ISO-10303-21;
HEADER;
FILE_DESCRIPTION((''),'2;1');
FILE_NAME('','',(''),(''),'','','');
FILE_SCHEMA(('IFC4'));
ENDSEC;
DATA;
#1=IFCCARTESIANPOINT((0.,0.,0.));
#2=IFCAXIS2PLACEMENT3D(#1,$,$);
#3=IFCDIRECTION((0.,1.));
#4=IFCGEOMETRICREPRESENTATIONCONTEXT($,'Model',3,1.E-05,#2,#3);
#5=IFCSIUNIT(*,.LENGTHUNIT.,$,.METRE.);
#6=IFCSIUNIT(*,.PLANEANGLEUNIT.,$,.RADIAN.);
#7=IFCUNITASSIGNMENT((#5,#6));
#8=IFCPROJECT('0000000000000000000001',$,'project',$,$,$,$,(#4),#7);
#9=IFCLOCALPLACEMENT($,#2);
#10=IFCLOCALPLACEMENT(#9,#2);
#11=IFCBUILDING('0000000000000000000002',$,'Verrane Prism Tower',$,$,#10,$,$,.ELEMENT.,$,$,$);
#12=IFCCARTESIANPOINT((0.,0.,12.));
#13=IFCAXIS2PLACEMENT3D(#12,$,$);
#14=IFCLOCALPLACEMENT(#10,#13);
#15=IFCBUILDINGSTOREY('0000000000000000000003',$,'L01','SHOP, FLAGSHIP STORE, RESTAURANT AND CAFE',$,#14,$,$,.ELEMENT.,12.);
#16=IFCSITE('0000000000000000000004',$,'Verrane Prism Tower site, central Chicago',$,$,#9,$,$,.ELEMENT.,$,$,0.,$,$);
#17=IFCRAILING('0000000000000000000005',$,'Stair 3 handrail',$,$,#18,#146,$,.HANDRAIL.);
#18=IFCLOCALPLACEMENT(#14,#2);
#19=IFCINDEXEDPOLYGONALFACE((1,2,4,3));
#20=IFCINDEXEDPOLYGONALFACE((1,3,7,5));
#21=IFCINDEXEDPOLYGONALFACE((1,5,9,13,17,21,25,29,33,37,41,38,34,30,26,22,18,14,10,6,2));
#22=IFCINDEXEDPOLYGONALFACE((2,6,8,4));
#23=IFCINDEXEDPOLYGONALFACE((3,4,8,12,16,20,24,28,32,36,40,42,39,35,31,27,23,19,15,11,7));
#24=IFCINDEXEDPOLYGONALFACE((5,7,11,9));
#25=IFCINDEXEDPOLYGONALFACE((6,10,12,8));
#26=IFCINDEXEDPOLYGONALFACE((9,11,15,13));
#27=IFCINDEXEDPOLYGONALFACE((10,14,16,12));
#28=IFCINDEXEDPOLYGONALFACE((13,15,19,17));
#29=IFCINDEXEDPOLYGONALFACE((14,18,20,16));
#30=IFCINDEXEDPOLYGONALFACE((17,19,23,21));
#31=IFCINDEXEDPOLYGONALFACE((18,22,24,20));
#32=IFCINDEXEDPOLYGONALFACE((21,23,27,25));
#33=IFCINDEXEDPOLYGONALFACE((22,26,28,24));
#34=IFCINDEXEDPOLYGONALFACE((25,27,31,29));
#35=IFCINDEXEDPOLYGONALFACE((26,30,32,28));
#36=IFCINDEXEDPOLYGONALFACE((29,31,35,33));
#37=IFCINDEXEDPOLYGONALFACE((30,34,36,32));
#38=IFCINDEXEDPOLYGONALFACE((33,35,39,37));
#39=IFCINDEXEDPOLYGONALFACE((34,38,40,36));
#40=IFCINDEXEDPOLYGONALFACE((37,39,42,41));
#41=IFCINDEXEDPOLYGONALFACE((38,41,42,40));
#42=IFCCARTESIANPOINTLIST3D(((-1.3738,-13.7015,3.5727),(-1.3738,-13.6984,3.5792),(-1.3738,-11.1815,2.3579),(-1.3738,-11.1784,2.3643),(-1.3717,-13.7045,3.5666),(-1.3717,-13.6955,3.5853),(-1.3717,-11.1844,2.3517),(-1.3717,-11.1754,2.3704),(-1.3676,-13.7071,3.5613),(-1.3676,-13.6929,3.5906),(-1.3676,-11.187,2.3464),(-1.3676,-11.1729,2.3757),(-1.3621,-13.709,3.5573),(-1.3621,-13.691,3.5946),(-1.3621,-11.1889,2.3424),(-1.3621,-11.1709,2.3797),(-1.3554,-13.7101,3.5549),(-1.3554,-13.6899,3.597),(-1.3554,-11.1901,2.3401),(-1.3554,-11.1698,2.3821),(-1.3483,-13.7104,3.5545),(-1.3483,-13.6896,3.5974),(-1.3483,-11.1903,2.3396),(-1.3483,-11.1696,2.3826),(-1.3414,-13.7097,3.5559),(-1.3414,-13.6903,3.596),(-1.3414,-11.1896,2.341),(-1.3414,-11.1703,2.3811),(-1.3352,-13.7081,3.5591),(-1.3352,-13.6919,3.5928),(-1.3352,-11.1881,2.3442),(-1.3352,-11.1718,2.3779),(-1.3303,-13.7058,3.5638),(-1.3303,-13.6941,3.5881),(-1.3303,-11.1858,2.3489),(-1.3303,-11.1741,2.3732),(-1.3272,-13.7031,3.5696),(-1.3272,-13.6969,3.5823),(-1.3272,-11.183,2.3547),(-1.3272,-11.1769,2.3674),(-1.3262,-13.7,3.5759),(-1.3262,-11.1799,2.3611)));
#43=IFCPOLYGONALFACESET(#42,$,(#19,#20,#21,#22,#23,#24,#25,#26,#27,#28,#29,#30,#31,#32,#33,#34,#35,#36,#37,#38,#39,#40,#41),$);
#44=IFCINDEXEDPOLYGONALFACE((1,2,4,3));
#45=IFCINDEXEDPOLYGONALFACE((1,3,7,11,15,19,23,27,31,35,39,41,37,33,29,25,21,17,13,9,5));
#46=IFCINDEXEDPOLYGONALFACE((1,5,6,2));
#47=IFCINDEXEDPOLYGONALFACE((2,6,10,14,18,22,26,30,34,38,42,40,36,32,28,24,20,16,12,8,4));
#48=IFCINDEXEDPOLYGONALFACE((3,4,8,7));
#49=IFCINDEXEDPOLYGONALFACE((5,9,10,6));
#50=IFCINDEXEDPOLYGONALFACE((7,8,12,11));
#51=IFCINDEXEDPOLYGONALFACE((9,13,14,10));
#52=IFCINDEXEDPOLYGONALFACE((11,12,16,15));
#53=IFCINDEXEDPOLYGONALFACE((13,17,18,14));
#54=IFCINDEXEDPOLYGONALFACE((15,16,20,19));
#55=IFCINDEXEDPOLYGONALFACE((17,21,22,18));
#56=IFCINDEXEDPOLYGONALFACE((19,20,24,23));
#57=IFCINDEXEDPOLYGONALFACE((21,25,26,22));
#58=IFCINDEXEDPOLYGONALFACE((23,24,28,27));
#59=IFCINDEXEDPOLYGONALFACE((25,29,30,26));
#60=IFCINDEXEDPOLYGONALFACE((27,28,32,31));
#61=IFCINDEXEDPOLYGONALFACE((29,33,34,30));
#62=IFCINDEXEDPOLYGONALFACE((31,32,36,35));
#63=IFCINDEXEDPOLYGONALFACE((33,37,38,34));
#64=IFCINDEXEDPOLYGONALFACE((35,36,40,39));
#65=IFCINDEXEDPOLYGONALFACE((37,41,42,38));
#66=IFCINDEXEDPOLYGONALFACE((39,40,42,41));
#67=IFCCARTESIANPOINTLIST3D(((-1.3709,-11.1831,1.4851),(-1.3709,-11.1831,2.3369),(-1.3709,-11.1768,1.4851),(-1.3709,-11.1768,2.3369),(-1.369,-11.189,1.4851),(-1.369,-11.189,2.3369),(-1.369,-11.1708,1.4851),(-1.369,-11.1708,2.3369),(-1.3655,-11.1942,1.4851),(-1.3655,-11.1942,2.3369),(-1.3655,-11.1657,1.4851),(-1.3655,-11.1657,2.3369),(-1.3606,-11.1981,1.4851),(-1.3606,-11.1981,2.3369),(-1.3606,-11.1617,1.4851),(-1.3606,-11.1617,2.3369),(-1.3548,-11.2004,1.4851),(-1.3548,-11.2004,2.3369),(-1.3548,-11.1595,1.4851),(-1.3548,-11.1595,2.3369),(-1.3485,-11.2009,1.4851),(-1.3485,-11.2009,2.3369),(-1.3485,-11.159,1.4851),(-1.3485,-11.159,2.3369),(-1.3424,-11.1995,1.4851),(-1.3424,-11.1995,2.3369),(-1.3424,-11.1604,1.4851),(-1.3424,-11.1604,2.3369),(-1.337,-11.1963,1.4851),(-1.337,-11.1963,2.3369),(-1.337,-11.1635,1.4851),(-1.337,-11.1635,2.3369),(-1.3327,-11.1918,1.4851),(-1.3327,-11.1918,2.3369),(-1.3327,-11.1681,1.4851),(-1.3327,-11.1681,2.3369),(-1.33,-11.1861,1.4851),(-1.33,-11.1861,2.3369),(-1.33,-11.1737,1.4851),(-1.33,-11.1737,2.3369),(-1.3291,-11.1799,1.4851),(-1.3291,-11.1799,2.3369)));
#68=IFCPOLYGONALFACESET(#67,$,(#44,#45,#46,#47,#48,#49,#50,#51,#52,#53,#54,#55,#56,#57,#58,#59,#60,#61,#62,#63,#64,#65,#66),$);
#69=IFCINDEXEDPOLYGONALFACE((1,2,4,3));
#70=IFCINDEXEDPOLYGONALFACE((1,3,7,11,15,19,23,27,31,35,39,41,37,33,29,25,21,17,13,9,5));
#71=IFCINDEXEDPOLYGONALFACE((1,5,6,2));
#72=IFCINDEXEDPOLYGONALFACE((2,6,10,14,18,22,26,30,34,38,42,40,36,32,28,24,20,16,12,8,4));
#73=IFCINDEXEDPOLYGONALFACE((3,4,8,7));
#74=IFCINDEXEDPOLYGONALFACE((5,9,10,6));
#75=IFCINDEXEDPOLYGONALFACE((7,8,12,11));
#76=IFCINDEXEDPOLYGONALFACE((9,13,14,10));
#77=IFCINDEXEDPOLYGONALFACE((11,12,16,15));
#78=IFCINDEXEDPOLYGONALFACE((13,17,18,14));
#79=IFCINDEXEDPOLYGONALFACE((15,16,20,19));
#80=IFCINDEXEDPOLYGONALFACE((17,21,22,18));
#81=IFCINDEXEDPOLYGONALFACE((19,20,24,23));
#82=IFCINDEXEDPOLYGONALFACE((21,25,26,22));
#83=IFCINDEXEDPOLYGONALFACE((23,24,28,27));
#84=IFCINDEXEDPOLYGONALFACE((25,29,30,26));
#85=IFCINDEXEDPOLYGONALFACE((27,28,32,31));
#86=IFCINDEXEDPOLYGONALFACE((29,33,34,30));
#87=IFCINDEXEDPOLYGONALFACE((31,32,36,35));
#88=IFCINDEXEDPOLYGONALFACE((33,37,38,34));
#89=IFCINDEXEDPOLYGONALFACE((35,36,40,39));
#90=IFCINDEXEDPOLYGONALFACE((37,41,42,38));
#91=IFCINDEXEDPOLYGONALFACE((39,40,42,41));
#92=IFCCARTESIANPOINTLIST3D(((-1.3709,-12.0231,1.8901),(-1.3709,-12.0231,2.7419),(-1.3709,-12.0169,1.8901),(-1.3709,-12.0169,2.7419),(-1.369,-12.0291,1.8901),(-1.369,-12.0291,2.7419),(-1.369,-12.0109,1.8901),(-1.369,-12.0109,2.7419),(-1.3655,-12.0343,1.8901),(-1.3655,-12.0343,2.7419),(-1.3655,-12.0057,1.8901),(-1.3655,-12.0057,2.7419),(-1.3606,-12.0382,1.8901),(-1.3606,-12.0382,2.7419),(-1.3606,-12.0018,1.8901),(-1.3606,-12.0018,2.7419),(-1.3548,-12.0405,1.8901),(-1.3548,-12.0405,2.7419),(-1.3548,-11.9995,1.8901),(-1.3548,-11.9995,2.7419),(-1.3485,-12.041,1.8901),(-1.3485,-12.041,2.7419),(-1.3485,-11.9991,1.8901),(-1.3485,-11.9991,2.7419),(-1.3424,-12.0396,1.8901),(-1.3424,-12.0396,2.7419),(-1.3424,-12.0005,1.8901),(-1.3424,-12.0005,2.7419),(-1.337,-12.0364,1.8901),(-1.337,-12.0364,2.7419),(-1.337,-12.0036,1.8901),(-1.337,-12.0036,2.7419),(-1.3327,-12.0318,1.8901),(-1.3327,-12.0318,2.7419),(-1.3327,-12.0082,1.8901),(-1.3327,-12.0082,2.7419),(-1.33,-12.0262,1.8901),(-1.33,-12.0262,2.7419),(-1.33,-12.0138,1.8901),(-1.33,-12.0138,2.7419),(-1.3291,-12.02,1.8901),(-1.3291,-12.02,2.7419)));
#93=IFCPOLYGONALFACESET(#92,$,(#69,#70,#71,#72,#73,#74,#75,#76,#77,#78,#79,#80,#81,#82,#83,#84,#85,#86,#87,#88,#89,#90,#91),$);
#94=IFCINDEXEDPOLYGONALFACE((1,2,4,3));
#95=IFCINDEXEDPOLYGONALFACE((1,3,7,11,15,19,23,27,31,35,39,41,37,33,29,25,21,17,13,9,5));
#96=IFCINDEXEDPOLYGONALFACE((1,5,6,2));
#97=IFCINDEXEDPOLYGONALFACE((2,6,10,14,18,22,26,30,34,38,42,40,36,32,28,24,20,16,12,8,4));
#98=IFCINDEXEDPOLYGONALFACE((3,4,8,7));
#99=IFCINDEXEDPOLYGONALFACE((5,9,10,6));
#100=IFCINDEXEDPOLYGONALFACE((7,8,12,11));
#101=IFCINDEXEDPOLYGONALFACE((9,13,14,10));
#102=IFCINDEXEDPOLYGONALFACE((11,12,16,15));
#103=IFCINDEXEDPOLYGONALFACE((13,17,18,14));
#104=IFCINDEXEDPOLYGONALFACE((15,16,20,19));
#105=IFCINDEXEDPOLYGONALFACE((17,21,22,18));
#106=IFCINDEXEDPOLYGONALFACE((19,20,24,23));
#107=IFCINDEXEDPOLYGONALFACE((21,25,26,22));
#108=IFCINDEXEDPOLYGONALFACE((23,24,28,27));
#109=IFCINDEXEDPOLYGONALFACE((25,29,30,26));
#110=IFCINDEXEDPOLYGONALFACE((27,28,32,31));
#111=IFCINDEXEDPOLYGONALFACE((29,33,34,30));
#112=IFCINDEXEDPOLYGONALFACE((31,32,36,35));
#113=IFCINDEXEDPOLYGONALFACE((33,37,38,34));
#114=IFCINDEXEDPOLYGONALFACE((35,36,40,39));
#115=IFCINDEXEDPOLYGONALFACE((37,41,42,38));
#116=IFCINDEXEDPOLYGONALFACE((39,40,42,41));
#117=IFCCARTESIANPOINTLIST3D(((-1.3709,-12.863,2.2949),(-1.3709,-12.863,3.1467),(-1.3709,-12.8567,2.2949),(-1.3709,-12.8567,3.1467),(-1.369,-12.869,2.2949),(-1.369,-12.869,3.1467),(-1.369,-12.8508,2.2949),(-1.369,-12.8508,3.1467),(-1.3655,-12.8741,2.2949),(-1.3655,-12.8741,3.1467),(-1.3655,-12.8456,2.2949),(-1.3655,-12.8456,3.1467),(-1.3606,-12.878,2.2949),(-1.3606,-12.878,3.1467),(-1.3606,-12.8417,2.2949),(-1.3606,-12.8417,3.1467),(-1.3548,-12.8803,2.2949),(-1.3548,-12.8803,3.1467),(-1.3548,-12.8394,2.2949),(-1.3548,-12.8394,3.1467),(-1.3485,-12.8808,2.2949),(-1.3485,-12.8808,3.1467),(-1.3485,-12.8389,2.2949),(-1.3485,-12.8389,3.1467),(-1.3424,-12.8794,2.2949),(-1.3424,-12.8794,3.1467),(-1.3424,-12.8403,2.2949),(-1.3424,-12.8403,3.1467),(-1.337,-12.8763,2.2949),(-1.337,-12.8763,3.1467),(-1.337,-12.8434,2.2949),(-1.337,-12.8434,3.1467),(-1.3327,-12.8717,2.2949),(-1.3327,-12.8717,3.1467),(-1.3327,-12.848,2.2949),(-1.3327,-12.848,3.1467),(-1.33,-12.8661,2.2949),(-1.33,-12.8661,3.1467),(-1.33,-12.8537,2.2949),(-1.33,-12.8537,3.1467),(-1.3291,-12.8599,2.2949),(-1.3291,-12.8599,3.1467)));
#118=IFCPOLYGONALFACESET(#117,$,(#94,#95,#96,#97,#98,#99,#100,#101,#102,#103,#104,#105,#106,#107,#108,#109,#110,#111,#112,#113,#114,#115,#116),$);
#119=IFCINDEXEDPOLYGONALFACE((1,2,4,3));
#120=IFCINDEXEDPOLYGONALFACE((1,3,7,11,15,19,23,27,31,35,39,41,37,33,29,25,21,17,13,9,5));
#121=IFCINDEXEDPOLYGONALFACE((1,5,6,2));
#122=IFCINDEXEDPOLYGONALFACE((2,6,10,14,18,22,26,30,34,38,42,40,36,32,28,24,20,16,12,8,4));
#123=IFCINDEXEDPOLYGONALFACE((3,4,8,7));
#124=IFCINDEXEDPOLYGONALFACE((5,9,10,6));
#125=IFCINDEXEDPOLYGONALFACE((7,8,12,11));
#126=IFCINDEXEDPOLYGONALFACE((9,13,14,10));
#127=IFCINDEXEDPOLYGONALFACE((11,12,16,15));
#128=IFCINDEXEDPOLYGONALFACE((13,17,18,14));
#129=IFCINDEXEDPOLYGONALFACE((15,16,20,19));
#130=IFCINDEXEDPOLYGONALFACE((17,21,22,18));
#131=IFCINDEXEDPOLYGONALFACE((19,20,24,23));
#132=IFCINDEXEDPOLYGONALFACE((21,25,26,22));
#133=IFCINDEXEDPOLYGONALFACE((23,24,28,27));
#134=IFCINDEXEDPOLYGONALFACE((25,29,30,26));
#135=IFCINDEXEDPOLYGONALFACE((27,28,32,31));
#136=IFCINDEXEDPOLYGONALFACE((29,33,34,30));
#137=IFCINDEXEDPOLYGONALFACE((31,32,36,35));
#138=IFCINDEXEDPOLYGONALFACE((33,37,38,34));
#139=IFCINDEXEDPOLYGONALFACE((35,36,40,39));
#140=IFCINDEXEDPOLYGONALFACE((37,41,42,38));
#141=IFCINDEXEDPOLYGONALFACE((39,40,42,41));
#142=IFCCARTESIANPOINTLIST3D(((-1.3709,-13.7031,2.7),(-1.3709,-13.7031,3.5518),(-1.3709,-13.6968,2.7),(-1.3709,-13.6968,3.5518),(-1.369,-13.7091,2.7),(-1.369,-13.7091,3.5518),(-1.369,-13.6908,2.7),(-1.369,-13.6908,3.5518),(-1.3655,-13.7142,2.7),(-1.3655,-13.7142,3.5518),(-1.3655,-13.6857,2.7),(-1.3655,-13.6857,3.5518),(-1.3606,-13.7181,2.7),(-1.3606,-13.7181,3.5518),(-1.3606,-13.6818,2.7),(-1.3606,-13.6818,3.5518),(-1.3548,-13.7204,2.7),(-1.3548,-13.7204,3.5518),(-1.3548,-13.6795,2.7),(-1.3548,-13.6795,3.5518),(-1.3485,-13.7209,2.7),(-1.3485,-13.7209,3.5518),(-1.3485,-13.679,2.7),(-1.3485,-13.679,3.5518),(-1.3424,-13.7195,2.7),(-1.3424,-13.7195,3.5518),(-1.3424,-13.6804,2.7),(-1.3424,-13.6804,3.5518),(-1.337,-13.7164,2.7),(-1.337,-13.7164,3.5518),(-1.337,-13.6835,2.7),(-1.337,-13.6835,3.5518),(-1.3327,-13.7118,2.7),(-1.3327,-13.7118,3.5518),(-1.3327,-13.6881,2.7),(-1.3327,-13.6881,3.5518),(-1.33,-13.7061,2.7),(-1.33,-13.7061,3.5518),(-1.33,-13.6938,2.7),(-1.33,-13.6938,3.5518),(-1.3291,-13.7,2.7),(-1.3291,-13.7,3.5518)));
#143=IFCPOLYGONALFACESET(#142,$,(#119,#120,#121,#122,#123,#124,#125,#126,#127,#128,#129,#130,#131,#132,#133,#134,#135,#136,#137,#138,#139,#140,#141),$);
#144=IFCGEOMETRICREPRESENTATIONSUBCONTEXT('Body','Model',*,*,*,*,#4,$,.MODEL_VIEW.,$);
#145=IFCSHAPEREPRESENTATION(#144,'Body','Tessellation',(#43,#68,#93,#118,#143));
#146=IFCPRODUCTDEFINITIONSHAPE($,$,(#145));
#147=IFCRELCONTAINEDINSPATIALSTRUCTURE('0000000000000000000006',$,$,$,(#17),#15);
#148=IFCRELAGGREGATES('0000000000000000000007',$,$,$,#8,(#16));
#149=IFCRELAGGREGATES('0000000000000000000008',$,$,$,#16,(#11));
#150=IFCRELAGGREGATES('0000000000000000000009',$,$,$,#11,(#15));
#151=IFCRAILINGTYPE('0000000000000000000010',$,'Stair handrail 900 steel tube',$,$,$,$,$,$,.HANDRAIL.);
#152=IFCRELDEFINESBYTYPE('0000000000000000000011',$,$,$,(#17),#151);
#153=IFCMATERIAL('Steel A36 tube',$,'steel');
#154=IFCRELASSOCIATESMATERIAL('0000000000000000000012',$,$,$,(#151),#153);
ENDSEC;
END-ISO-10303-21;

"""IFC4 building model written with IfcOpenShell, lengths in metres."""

from ifc_helpers import new_model, si_unit, direction, frame, origin, origin_2d, place, context, subcontext, project, spatial, circle, extrude, material, type_object, element, save


model = new_model("IFC4")

# Units and contexts
model_context = context("Model", 3, precision=1e-05, world=origin(), true_north=direction((0.0, 1.0)))
body_context = subcontext(model_context, "Body", "Model", "MODEL_VIEW")
ifc_project = project(units=[si_unit("LENGTHUNIT", "METRE"), si_unit("PLANEANGLEUNIT", "RADIAN")], contexts=[model_context])

# Site, building, storey
site_placement = place(None, origin())
site = spatial("IfcSite", under=ifc_project, at=site_placement, Name="Verrane Prism Tower site, central Chicago", CompositionType="ELEMENT", RefElevation=0.0)
building_placement = place(site_placement, origin())
building = spatial("IfcBuilding", under=site, at=building_placement, Name="Verrane Prism Tower", CompositionType="ELEMENT")
storey_placement = place(building_placement, frame((0.0, 0.0, 12.0)))
storey = spatial("IfcBuildingStorey", under=building, at=storey_placement, Name="L01", Description="SHOP, FLAGSHIP STORE, RESTAURANT AND CAFE", CompositionType="ELEMENT", Elevation=12.0)

# Railing
ifc_material_1 = material(Name="Steel A36 tube", Category="steel")
railing_type = type_object("IfcRailingType", Name="Stair handrail 900 steel tube", PredefinedType="HANDRAIL", material=ifc_material_1)
for number, where, name in (
    (1, (-1.3501, -11.1799, 1.4851), "Stair 3 handrail"),
):
    element("IfcRailing", number, at=place(storey_placement, frame(where)), inside=storey, type_object=railing_type, Name=name, PredefinedType="HANDRAIL", context=body_context, shape_type="SweptSolid", body=[
        extrude(circle(Radius=0.0239, at=origin_2d()), frame((0.0, 0.0, 0.876), z_axis=(0.0, -0.900792, 0.434251), x_axis=(1.0, 0.0, 0.0)), (0.0, 0.0, 1.0), 2.7976),
        extrude(circle(Radius=0.021, at=origin_2d()), origin(), (0.0, 0.0, 1.0), 0.8518),
        extrude(circle(Radius=0.021, at=origin_2d()), frame((0.0, -0.8401, 0.405)), (0.0, 0.0, 1.0), 0.8518),
        extrude(circle(Radius=0.021, at=origin_2d()), frame((0.0, -1.6799, 0.8098)), (0.0, 0.0, 1.0), 0.8518),
        extrude(circle(Radius=0.021, at=origin_2d()), frame((0.0, -2.52, 1.2148)), (0.0, 0.0, 1.0), 0.8518),
    ])

save(model, "model.ifc")
